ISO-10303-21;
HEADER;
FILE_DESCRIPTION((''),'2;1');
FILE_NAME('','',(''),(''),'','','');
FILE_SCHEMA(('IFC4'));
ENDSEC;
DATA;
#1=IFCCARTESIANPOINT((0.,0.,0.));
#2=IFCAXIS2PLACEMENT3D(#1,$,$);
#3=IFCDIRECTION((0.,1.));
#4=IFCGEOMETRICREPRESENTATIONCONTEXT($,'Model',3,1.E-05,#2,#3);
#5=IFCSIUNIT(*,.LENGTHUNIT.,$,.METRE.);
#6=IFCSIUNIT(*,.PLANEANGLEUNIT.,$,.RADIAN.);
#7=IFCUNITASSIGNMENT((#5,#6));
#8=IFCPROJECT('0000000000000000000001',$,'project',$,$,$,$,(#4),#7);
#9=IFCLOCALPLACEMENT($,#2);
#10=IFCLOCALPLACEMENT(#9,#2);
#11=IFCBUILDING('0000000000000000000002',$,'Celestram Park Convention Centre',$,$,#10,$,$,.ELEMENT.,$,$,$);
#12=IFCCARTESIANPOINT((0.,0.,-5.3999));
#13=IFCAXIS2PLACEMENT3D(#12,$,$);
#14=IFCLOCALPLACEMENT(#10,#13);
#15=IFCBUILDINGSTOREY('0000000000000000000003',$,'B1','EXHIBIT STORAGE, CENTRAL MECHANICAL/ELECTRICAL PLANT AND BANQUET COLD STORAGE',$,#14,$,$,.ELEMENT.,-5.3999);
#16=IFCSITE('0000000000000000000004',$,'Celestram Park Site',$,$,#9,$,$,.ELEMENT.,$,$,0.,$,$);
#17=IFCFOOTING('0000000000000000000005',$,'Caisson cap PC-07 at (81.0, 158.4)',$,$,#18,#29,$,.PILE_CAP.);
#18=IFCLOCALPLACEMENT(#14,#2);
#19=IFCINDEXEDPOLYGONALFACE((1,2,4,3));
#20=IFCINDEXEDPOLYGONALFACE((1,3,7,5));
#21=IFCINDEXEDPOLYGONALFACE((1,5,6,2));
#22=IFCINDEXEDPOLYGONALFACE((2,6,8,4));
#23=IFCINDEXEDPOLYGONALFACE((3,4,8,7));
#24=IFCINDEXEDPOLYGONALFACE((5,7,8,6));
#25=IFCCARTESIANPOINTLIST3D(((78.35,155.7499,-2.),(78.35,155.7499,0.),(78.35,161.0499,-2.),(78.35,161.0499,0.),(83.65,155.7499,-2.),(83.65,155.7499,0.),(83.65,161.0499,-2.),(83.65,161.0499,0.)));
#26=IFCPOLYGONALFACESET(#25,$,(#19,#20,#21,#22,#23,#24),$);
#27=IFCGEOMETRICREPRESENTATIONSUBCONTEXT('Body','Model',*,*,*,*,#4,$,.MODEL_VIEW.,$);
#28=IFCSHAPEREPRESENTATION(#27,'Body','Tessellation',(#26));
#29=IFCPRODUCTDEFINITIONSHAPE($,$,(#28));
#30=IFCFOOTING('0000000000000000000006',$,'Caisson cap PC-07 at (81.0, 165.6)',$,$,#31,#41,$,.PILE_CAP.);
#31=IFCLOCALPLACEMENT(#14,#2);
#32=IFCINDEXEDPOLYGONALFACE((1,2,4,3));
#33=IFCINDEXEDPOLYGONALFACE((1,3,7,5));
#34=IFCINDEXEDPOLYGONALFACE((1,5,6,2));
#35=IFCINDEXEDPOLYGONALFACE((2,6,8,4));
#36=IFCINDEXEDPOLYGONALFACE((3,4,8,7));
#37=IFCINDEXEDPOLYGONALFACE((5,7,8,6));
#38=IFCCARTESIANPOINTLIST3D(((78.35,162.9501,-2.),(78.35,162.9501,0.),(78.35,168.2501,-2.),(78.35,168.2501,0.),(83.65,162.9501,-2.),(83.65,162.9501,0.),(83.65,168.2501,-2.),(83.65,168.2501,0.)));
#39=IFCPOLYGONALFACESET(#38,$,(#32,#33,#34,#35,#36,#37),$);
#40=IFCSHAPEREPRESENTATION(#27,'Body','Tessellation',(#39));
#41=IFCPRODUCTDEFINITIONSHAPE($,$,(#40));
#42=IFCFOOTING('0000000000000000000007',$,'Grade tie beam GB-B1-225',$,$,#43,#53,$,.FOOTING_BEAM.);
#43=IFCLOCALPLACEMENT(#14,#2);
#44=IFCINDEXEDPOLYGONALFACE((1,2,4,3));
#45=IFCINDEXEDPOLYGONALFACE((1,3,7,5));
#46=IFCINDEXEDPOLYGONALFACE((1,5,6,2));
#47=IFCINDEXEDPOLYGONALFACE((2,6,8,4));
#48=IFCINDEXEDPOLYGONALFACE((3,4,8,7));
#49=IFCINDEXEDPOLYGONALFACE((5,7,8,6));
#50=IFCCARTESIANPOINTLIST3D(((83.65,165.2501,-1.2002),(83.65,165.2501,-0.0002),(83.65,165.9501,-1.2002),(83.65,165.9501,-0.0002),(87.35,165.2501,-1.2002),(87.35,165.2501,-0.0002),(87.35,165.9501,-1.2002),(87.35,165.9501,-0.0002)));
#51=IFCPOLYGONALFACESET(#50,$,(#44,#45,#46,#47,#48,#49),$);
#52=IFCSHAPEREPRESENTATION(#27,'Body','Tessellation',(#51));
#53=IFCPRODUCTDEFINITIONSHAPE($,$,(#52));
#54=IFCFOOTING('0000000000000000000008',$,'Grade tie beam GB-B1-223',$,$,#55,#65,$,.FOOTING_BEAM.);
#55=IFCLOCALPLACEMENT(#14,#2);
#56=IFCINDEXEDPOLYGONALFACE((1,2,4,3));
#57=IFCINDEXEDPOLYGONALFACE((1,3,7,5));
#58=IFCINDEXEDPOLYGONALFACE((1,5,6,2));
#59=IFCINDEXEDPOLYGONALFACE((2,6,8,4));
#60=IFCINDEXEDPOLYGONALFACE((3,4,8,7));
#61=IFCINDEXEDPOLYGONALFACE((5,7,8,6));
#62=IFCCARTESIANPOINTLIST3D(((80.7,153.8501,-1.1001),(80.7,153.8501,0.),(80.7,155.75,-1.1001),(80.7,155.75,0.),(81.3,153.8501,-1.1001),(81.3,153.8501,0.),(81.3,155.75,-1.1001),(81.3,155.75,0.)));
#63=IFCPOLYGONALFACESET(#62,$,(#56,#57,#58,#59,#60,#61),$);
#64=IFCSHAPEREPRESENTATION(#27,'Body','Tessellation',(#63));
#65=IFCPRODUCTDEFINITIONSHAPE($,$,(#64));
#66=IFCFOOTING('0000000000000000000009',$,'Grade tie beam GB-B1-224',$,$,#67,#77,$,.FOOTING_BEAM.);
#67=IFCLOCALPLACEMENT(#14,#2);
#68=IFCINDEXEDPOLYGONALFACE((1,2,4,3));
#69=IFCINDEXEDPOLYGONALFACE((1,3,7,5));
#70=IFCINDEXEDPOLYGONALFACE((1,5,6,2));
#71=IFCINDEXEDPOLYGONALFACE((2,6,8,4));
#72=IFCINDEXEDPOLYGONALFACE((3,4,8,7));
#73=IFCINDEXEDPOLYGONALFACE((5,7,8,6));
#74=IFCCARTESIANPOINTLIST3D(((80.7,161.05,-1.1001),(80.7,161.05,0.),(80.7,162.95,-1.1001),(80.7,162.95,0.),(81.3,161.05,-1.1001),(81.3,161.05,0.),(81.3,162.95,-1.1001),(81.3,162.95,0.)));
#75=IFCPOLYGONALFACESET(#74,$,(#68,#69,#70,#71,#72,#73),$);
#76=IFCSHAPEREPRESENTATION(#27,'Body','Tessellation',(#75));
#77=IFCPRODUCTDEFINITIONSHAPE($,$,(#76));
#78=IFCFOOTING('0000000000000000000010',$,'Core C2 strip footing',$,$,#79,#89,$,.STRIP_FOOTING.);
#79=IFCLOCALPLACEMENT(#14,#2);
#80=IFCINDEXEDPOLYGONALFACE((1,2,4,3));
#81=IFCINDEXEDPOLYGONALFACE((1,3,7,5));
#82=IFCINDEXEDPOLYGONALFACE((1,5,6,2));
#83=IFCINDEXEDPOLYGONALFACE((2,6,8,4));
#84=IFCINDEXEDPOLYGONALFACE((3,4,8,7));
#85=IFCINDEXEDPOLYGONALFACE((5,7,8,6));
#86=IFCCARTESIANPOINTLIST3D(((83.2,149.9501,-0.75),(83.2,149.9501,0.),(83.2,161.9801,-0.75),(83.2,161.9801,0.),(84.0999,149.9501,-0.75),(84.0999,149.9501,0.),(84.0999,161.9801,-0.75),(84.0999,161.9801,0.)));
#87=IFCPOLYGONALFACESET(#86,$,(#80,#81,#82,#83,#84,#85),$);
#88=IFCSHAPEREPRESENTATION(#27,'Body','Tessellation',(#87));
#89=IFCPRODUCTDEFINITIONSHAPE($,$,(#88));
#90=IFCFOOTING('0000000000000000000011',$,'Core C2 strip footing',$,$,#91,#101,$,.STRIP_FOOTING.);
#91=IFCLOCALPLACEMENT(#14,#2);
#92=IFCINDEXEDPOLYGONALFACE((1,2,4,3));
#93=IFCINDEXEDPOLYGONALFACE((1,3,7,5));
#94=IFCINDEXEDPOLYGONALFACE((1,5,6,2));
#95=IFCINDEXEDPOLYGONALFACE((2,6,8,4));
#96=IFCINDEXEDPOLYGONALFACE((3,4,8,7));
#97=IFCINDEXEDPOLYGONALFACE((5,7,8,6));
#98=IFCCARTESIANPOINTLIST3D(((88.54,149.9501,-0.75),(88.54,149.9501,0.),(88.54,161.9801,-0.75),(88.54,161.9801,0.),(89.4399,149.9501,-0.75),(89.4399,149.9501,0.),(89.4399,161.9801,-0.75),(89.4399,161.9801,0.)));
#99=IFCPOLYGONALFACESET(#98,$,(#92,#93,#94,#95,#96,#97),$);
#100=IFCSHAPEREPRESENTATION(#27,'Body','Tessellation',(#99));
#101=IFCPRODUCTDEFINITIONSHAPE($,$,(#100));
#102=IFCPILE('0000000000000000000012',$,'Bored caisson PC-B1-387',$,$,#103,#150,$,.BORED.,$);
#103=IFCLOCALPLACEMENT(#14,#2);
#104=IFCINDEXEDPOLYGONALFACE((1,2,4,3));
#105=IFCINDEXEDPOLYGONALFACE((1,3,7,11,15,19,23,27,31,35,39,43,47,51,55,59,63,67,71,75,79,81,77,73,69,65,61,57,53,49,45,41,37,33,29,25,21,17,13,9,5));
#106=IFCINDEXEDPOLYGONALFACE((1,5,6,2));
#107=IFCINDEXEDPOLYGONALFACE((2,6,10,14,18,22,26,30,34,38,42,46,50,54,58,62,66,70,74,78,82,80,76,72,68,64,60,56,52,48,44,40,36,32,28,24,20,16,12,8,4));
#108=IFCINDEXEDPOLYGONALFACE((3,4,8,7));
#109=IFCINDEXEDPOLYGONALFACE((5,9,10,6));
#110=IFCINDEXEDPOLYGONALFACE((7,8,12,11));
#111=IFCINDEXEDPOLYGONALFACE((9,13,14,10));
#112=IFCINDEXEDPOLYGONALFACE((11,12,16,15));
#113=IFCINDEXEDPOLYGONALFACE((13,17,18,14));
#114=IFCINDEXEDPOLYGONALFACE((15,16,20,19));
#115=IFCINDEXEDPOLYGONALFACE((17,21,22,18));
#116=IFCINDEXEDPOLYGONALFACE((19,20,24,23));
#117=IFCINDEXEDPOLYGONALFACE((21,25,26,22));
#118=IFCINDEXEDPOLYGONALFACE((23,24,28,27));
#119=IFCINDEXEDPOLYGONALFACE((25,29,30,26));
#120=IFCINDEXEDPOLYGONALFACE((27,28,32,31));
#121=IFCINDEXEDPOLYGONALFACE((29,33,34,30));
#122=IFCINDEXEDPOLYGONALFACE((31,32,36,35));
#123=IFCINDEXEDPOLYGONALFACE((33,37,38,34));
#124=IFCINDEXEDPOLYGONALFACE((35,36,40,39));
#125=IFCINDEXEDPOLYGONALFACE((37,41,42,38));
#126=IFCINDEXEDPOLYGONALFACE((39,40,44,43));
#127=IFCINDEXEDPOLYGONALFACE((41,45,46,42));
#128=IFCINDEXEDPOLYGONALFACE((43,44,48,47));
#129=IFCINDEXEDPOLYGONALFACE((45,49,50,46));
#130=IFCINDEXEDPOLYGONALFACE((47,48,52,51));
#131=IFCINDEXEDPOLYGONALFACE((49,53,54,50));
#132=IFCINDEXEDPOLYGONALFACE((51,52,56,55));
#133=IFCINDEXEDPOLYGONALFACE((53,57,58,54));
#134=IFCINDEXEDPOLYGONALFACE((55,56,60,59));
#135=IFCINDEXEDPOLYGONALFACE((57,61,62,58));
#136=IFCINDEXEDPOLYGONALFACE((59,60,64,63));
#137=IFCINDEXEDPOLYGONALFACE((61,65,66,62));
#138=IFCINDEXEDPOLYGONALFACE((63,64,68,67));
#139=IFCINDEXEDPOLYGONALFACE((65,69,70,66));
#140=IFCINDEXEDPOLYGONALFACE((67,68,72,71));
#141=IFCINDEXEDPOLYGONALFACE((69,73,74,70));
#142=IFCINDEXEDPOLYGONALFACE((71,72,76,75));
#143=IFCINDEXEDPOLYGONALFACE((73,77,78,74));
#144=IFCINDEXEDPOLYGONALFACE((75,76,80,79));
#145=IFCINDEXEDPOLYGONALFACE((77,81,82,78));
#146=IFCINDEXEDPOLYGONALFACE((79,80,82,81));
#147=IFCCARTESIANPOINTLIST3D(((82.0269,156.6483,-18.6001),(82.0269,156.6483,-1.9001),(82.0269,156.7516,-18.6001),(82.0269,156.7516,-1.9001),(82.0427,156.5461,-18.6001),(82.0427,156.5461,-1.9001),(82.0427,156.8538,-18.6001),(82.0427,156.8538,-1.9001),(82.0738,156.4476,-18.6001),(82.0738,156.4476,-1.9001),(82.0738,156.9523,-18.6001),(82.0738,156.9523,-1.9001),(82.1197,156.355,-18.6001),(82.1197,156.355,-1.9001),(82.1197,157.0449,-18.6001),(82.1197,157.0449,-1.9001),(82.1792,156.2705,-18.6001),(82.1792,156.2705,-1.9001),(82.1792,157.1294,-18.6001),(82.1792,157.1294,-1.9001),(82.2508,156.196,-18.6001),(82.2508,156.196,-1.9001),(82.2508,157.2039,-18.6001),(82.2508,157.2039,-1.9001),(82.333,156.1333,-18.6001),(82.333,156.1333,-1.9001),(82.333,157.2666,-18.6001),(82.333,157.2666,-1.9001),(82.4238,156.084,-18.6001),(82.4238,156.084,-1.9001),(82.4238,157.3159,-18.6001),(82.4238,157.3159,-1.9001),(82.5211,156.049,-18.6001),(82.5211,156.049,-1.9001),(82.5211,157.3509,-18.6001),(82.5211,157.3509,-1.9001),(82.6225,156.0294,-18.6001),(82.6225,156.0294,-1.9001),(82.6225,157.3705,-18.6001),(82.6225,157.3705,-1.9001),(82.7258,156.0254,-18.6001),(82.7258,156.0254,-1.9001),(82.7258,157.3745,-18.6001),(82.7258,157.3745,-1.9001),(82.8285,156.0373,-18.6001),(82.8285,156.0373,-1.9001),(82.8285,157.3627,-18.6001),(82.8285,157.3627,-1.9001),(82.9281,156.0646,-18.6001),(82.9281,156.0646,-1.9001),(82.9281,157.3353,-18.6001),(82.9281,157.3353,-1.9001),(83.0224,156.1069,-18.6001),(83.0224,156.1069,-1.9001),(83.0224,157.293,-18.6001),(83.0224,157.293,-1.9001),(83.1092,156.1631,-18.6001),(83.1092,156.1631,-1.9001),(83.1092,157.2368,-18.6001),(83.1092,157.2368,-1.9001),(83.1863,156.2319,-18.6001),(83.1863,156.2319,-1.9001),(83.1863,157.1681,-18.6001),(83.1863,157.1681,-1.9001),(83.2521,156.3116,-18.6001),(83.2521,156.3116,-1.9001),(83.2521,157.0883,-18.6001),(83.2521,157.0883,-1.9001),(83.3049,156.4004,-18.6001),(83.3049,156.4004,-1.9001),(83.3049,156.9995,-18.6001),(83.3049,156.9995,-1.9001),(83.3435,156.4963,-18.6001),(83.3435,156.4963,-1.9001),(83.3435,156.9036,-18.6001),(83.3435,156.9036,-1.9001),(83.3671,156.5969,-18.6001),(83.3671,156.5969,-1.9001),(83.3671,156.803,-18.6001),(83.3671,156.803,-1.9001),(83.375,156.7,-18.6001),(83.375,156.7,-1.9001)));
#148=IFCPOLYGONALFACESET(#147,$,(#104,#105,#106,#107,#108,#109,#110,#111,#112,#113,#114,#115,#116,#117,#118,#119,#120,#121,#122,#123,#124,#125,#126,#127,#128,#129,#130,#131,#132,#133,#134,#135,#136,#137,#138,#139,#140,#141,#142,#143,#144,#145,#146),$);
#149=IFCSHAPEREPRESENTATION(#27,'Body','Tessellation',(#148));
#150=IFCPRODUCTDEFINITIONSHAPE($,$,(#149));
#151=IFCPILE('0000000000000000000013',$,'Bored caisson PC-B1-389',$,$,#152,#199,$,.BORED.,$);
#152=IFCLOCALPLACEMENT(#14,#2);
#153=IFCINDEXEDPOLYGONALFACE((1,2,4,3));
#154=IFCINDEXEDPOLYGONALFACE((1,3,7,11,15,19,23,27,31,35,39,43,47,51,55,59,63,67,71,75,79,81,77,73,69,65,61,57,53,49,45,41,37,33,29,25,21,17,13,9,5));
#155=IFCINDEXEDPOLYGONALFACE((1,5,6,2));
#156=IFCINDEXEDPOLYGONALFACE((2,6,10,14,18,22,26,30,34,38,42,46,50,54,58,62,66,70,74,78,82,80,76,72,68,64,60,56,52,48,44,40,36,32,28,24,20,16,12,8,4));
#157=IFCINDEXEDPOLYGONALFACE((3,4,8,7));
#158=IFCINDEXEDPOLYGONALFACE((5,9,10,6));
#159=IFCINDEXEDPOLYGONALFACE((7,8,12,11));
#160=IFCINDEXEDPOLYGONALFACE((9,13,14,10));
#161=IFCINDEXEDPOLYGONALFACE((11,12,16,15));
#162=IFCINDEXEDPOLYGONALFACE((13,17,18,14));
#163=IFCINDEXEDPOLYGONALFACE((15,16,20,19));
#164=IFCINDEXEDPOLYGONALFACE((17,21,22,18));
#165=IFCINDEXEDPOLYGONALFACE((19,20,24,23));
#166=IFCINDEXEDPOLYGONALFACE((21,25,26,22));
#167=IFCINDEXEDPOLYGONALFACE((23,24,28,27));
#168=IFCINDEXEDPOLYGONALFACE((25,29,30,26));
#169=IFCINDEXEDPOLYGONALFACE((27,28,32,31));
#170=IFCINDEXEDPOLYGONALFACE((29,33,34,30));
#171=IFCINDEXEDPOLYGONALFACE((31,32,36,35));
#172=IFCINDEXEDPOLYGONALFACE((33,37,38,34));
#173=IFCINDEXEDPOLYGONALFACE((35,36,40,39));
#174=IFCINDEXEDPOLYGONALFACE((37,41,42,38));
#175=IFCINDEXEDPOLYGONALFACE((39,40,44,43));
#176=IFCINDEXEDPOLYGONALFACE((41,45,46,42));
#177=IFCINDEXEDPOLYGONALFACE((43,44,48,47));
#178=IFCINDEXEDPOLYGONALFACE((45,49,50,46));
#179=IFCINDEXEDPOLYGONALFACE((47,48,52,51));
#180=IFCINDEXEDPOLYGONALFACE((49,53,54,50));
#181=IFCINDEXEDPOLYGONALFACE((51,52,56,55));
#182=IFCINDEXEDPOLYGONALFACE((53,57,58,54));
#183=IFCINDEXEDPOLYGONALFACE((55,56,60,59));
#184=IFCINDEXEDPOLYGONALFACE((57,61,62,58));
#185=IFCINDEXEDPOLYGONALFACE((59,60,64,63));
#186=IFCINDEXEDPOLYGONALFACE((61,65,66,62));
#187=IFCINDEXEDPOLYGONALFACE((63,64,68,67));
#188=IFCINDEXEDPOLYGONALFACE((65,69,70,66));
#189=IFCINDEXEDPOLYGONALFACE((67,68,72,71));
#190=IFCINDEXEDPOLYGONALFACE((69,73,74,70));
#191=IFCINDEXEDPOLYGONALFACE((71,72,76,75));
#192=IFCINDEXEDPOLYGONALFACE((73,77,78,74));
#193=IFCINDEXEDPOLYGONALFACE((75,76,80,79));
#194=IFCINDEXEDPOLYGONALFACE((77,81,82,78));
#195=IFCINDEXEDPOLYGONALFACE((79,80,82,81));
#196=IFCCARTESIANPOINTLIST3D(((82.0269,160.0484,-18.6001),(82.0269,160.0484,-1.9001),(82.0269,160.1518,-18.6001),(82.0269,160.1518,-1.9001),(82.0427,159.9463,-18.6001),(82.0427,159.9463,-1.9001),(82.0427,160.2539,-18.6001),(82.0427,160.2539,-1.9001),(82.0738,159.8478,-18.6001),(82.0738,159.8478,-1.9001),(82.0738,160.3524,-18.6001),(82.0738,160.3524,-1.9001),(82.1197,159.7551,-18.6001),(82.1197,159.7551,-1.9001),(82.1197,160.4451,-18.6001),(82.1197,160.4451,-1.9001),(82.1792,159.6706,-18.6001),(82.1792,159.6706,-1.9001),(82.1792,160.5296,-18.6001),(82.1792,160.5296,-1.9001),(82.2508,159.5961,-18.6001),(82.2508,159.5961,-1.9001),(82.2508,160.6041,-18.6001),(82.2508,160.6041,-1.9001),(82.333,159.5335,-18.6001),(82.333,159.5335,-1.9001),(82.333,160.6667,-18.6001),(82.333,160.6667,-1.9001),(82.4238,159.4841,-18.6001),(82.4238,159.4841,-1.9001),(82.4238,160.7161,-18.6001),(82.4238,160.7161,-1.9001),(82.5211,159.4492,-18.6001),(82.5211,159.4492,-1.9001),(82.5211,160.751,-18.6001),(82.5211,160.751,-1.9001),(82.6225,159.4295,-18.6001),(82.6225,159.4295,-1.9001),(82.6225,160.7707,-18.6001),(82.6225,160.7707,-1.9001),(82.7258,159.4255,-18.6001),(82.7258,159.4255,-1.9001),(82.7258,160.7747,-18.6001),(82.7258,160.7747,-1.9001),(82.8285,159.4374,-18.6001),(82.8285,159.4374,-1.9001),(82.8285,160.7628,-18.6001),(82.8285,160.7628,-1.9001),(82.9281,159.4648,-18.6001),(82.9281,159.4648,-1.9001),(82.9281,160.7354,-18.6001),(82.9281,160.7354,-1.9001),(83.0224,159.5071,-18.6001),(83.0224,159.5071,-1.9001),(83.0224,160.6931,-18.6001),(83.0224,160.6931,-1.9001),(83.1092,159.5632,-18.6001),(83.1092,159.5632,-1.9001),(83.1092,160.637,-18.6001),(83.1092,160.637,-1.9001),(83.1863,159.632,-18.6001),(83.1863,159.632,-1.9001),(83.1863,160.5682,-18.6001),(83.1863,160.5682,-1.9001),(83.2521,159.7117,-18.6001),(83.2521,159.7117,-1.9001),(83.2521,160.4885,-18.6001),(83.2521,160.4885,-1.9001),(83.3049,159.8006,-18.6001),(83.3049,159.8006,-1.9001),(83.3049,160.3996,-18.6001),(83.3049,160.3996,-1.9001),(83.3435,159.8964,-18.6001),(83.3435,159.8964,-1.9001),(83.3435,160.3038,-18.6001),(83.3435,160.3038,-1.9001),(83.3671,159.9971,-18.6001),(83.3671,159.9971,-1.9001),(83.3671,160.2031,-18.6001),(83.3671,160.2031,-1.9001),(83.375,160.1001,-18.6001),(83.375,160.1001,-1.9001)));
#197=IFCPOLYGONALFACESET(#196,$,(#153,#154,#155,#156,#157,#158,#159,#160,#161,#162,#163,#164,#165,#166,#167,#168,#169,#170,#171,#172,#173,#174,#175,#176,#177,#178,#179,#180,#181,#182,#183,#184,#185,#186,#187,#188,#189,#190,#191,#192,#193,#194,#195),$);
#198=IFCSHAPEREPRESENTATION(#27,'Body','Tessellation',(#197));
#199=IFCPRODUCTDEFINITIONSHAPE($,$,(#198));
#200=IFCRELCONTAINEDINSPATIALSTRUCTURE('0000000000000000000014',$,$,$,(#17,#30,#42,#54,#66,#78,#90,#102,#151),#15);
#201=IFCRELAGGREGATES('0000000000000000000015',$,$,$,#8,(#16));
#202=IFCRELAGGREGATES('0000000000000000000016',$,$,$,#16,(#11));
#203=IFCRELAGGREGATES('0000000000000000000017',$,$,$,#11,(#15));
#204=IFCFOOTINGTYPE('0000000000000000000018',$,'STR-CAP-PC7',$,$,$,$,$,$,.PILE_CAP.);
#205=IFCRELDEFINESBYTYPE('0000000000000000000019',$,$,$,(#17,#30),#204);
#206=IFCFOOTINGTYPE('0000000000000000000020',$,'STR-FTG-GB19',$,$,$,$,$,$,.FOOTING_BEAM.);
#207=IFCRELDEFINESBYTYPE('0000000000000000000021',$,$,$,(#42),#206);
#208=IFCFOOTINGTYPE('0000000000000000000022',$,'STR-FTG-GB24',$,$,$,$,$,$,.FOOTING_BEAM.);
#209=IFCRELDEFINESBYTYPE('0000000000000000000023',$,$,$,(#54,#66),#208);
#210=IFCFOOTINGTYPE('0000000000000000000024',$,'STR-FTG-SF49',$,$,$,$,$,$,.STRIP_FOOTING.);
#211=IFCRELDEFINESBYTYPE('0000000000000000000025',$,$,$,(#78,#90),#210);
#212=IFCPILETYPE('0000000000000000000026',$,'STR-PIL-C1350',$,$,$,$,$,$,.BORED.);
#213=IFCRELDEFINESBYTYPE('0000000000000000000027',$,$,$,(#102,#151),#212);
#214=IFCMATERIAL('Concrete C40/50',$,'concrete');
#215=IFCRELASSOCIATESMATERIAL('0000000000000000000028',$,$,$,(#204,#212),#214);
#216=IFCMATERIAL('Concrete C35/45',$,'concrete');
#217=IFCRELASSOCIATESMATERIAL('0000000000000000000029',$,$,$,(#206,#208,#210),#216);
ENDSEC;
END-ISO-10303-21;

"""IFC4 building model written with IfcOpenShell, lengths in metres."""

from ifc_helpers import new_model, si_unit, direction, frame, origin, origin_2d, place, context, subcontext, project, spatial, rectangle, circle, extrude, material, material_profile, profile_set, type_object, element, save


model = new_model("IFC4")

# Units and contexts
model_context = context("Model", 3, precision=1e-05, world=origin(), true_north=direction((0.0, 1.0)))
body_context = subcontext(model_context, "Body", "Model", "MODEL_VIEW")
ifc_project = project(units=[si_unit("LENGTHUNIT", "METRE"), si_unit("PLANEANGLEUNIT", "RADIAN")], contexts=[model_context])

# Site, building, storey
site_placement = place(None, origin())
site = spatial("IfcSite", under=ifc_project, at=site_placement, Name="Celestram Park Site", CompositionType="ELEMENT", RefElevation=0.0)
building_placement = place(site_placement, origin())
building = spatial("IfcBuilding", under=site, at=building_placement, Name="Celestram Park Convention Centre", CompositionType="ELEMENT")
storey_placement = place(building_placement, frame((0.0, 0.0, -5.3999)))
storey = spatial("IfcBuildingStorey", under=building, at=storey_placement, Name="B1", Description="EXHIBIT STORAGE, CENTRAL MECHANICAL/ELECTRICAL PLANT AND BANQUET COLD STORAGE", CompositionType="ELEMENT", Elevation=-5.3999)

# Footings
ifc_material_1 = material(Name="Concrete C40/50", Category="concrete")
footing_type_1 = type_object("IfcFootingType", Name="STR-CAP-PC7", PredefinedType="PILE_CAP", material=ifc_material_1)
for number, where, z_axis, x_axis, name in (
    (1, (81.0, 158.3999, -2.0), (0.0, 0.0, 1.0), (1.0, 0.0, 0.0), "Caisson cap PC-07 at (81.0, 158.4)"),
    (2, (81.0, 165.6001, -2.0), (0.0, 0.0, 1.0), (1.0, 0.0, 0.0), "Caisson cap PC-07 at (81.0, 165.6)"),
):
    element("IfcFooting", number, at=place(storey_placement, frame(where, z_axis=z_axis, x_axis=x_axis)), inside=storey, type_object=footing_type_1, Name=name, PredefinedType="PILE_CAP", context=body_context, shape_type="SweptSolid", body=[
        extrude(rectangle(XDim=5.3, YDim=5.3, at=origin_2d()), origin(), (0.0, 0.0, 1.0), 2.0),
    ])
ifc_material_2 = material(Name="Concrete C35/45", Category="concrete")
footing_type_2 = type_object("IfcFootingType", Name="STR-FTG-GB19", PredefinedType="FOOTING_BEAM", material=ifc_material_2)
footing_placement = place(storey_placement, frame((85.5, 165.6001, -1.2002), z_axis=(0.0, 0.0, 1.0), x_axis=(1.0, 0.0, 0.0)))
element("IfcFooting", 3, at=footing_placement, inside=storey, type_object=footing_type_2, Name="Grade tie beam GB-B1-225", PredefinedType="FOOTING_BEAM", context=body_context, shape_type="SweptSolid", body=[
    extrude(rectangle(XDim=3.7, YDim=0.7, at=origin_2d()), origin(), (0.0, 0.0, 1.0), 1.2),
])
footing_type_3 = type_object("IfcFootingType", Name="STR-FTG-GB24", PredefinedType="FOOTING_BEAM", material=ifc_material_2)
for number, where, z_axis, x_axis, name in (
    (4, (81.0, 154.8, -1.1001), (0.0, 0.0, 1.0), (0.0, 1.0, 0.0), "Grade tie beam GB-B1-223"),
    (5, (81.0, 162.0, -1.1001), (0.0, 0.0, 1.0), (0.0, 1.0, 0.0), "Grade tie beam GB-B1-224"),
):
    element("IfcFooting", number, at=place(storey_placement, frame(where, z_axis=z_axis, x_axis=x_axis)), inside=storey, type_object=footing_type_3, Name=name, PredefinedType="FOOTING_BEAM", context=body_context, shape_type="SweptSolid", body=[
        extrude(rectangle(XDim=1.8999, YDim=0.6001, at=origin_2d()), origin(), (0.0, 0.0, 1.0), 1.1001),
    ])
footing_type_4 = type_object("IfcFootingType", Name="STR-FTG-SF49", PredefinedType="STRIP_FOOTING", material=ifc_material_2)
for number, where, z_axis, x_axis, name in (
    (6, (83.6499, 155.9651, -0.75), (0.0, 0.0, 1.0), (0.0, 1.0, 0.0), "Core C2 strip footing"),
    (7, (88.99, 155.9651, -0.75), (0.0, 0.0, 1.0), (0.0, 1.0, 0.0), "Core C2 strip footing"),
):
    element("IfcFooting", number, at=place(storey_placement, frame(where, z_axis=z_axis, x_axis=x_axis)), inside=storey, type_object=footing_type_4, Name=name, PredefinedType="STRIP_FOOTING", context=body_context, shape_type="SweptSolid", body=[
        extrude(rectangle(XDim=12.03, YDim=0.8999, at=origin_2d()), origin(), (0.0, 0.0, 1.0), 0.75),
    ])

# Piles
ifc_material_profile_1 = material_profile(ifc_material_1, circle(Radius=0.675, at=origin_2d()), Name="CAISSON1350")
ifc_profile_set_1 = profile_set([ifc_material_profile_1], Name="Concrete C40/50")
pile_type = type_object("IfcPileType", Name="STR-PIL-C1350", PredefinedType="BORED", material=ifc_profile_set_1)
for number, where, z_axis, x_axis, name in (
    (8, (82.7, 156.7, -1.9001), (0.0, 0.0, -1.0), (1.0, 0.0, 0.0), "Bored caisson PC-B1-387"),
    (9, (82.7, 160.1001, -1.9001), (0.0, 0.0, -1.0), (1.0, 0.0, 0.0), "Bored caisson PC-B1-389"),
):
    element("IfcPile", number, at=place(storey_placement, frame(where, z_axis=z_axis, x_axis=x_axis)), inside=storey, type_object=pile_type, Name=name, PredefinedType="BORED", context=body_context, shape_type="SweptSolid", body=[
        extrude(circle(Radius=0.675, at=origin_2d()), origin(), (0.0, 0.0, 1.0), 16.7),
    ])

save(model, "model.ifc")
